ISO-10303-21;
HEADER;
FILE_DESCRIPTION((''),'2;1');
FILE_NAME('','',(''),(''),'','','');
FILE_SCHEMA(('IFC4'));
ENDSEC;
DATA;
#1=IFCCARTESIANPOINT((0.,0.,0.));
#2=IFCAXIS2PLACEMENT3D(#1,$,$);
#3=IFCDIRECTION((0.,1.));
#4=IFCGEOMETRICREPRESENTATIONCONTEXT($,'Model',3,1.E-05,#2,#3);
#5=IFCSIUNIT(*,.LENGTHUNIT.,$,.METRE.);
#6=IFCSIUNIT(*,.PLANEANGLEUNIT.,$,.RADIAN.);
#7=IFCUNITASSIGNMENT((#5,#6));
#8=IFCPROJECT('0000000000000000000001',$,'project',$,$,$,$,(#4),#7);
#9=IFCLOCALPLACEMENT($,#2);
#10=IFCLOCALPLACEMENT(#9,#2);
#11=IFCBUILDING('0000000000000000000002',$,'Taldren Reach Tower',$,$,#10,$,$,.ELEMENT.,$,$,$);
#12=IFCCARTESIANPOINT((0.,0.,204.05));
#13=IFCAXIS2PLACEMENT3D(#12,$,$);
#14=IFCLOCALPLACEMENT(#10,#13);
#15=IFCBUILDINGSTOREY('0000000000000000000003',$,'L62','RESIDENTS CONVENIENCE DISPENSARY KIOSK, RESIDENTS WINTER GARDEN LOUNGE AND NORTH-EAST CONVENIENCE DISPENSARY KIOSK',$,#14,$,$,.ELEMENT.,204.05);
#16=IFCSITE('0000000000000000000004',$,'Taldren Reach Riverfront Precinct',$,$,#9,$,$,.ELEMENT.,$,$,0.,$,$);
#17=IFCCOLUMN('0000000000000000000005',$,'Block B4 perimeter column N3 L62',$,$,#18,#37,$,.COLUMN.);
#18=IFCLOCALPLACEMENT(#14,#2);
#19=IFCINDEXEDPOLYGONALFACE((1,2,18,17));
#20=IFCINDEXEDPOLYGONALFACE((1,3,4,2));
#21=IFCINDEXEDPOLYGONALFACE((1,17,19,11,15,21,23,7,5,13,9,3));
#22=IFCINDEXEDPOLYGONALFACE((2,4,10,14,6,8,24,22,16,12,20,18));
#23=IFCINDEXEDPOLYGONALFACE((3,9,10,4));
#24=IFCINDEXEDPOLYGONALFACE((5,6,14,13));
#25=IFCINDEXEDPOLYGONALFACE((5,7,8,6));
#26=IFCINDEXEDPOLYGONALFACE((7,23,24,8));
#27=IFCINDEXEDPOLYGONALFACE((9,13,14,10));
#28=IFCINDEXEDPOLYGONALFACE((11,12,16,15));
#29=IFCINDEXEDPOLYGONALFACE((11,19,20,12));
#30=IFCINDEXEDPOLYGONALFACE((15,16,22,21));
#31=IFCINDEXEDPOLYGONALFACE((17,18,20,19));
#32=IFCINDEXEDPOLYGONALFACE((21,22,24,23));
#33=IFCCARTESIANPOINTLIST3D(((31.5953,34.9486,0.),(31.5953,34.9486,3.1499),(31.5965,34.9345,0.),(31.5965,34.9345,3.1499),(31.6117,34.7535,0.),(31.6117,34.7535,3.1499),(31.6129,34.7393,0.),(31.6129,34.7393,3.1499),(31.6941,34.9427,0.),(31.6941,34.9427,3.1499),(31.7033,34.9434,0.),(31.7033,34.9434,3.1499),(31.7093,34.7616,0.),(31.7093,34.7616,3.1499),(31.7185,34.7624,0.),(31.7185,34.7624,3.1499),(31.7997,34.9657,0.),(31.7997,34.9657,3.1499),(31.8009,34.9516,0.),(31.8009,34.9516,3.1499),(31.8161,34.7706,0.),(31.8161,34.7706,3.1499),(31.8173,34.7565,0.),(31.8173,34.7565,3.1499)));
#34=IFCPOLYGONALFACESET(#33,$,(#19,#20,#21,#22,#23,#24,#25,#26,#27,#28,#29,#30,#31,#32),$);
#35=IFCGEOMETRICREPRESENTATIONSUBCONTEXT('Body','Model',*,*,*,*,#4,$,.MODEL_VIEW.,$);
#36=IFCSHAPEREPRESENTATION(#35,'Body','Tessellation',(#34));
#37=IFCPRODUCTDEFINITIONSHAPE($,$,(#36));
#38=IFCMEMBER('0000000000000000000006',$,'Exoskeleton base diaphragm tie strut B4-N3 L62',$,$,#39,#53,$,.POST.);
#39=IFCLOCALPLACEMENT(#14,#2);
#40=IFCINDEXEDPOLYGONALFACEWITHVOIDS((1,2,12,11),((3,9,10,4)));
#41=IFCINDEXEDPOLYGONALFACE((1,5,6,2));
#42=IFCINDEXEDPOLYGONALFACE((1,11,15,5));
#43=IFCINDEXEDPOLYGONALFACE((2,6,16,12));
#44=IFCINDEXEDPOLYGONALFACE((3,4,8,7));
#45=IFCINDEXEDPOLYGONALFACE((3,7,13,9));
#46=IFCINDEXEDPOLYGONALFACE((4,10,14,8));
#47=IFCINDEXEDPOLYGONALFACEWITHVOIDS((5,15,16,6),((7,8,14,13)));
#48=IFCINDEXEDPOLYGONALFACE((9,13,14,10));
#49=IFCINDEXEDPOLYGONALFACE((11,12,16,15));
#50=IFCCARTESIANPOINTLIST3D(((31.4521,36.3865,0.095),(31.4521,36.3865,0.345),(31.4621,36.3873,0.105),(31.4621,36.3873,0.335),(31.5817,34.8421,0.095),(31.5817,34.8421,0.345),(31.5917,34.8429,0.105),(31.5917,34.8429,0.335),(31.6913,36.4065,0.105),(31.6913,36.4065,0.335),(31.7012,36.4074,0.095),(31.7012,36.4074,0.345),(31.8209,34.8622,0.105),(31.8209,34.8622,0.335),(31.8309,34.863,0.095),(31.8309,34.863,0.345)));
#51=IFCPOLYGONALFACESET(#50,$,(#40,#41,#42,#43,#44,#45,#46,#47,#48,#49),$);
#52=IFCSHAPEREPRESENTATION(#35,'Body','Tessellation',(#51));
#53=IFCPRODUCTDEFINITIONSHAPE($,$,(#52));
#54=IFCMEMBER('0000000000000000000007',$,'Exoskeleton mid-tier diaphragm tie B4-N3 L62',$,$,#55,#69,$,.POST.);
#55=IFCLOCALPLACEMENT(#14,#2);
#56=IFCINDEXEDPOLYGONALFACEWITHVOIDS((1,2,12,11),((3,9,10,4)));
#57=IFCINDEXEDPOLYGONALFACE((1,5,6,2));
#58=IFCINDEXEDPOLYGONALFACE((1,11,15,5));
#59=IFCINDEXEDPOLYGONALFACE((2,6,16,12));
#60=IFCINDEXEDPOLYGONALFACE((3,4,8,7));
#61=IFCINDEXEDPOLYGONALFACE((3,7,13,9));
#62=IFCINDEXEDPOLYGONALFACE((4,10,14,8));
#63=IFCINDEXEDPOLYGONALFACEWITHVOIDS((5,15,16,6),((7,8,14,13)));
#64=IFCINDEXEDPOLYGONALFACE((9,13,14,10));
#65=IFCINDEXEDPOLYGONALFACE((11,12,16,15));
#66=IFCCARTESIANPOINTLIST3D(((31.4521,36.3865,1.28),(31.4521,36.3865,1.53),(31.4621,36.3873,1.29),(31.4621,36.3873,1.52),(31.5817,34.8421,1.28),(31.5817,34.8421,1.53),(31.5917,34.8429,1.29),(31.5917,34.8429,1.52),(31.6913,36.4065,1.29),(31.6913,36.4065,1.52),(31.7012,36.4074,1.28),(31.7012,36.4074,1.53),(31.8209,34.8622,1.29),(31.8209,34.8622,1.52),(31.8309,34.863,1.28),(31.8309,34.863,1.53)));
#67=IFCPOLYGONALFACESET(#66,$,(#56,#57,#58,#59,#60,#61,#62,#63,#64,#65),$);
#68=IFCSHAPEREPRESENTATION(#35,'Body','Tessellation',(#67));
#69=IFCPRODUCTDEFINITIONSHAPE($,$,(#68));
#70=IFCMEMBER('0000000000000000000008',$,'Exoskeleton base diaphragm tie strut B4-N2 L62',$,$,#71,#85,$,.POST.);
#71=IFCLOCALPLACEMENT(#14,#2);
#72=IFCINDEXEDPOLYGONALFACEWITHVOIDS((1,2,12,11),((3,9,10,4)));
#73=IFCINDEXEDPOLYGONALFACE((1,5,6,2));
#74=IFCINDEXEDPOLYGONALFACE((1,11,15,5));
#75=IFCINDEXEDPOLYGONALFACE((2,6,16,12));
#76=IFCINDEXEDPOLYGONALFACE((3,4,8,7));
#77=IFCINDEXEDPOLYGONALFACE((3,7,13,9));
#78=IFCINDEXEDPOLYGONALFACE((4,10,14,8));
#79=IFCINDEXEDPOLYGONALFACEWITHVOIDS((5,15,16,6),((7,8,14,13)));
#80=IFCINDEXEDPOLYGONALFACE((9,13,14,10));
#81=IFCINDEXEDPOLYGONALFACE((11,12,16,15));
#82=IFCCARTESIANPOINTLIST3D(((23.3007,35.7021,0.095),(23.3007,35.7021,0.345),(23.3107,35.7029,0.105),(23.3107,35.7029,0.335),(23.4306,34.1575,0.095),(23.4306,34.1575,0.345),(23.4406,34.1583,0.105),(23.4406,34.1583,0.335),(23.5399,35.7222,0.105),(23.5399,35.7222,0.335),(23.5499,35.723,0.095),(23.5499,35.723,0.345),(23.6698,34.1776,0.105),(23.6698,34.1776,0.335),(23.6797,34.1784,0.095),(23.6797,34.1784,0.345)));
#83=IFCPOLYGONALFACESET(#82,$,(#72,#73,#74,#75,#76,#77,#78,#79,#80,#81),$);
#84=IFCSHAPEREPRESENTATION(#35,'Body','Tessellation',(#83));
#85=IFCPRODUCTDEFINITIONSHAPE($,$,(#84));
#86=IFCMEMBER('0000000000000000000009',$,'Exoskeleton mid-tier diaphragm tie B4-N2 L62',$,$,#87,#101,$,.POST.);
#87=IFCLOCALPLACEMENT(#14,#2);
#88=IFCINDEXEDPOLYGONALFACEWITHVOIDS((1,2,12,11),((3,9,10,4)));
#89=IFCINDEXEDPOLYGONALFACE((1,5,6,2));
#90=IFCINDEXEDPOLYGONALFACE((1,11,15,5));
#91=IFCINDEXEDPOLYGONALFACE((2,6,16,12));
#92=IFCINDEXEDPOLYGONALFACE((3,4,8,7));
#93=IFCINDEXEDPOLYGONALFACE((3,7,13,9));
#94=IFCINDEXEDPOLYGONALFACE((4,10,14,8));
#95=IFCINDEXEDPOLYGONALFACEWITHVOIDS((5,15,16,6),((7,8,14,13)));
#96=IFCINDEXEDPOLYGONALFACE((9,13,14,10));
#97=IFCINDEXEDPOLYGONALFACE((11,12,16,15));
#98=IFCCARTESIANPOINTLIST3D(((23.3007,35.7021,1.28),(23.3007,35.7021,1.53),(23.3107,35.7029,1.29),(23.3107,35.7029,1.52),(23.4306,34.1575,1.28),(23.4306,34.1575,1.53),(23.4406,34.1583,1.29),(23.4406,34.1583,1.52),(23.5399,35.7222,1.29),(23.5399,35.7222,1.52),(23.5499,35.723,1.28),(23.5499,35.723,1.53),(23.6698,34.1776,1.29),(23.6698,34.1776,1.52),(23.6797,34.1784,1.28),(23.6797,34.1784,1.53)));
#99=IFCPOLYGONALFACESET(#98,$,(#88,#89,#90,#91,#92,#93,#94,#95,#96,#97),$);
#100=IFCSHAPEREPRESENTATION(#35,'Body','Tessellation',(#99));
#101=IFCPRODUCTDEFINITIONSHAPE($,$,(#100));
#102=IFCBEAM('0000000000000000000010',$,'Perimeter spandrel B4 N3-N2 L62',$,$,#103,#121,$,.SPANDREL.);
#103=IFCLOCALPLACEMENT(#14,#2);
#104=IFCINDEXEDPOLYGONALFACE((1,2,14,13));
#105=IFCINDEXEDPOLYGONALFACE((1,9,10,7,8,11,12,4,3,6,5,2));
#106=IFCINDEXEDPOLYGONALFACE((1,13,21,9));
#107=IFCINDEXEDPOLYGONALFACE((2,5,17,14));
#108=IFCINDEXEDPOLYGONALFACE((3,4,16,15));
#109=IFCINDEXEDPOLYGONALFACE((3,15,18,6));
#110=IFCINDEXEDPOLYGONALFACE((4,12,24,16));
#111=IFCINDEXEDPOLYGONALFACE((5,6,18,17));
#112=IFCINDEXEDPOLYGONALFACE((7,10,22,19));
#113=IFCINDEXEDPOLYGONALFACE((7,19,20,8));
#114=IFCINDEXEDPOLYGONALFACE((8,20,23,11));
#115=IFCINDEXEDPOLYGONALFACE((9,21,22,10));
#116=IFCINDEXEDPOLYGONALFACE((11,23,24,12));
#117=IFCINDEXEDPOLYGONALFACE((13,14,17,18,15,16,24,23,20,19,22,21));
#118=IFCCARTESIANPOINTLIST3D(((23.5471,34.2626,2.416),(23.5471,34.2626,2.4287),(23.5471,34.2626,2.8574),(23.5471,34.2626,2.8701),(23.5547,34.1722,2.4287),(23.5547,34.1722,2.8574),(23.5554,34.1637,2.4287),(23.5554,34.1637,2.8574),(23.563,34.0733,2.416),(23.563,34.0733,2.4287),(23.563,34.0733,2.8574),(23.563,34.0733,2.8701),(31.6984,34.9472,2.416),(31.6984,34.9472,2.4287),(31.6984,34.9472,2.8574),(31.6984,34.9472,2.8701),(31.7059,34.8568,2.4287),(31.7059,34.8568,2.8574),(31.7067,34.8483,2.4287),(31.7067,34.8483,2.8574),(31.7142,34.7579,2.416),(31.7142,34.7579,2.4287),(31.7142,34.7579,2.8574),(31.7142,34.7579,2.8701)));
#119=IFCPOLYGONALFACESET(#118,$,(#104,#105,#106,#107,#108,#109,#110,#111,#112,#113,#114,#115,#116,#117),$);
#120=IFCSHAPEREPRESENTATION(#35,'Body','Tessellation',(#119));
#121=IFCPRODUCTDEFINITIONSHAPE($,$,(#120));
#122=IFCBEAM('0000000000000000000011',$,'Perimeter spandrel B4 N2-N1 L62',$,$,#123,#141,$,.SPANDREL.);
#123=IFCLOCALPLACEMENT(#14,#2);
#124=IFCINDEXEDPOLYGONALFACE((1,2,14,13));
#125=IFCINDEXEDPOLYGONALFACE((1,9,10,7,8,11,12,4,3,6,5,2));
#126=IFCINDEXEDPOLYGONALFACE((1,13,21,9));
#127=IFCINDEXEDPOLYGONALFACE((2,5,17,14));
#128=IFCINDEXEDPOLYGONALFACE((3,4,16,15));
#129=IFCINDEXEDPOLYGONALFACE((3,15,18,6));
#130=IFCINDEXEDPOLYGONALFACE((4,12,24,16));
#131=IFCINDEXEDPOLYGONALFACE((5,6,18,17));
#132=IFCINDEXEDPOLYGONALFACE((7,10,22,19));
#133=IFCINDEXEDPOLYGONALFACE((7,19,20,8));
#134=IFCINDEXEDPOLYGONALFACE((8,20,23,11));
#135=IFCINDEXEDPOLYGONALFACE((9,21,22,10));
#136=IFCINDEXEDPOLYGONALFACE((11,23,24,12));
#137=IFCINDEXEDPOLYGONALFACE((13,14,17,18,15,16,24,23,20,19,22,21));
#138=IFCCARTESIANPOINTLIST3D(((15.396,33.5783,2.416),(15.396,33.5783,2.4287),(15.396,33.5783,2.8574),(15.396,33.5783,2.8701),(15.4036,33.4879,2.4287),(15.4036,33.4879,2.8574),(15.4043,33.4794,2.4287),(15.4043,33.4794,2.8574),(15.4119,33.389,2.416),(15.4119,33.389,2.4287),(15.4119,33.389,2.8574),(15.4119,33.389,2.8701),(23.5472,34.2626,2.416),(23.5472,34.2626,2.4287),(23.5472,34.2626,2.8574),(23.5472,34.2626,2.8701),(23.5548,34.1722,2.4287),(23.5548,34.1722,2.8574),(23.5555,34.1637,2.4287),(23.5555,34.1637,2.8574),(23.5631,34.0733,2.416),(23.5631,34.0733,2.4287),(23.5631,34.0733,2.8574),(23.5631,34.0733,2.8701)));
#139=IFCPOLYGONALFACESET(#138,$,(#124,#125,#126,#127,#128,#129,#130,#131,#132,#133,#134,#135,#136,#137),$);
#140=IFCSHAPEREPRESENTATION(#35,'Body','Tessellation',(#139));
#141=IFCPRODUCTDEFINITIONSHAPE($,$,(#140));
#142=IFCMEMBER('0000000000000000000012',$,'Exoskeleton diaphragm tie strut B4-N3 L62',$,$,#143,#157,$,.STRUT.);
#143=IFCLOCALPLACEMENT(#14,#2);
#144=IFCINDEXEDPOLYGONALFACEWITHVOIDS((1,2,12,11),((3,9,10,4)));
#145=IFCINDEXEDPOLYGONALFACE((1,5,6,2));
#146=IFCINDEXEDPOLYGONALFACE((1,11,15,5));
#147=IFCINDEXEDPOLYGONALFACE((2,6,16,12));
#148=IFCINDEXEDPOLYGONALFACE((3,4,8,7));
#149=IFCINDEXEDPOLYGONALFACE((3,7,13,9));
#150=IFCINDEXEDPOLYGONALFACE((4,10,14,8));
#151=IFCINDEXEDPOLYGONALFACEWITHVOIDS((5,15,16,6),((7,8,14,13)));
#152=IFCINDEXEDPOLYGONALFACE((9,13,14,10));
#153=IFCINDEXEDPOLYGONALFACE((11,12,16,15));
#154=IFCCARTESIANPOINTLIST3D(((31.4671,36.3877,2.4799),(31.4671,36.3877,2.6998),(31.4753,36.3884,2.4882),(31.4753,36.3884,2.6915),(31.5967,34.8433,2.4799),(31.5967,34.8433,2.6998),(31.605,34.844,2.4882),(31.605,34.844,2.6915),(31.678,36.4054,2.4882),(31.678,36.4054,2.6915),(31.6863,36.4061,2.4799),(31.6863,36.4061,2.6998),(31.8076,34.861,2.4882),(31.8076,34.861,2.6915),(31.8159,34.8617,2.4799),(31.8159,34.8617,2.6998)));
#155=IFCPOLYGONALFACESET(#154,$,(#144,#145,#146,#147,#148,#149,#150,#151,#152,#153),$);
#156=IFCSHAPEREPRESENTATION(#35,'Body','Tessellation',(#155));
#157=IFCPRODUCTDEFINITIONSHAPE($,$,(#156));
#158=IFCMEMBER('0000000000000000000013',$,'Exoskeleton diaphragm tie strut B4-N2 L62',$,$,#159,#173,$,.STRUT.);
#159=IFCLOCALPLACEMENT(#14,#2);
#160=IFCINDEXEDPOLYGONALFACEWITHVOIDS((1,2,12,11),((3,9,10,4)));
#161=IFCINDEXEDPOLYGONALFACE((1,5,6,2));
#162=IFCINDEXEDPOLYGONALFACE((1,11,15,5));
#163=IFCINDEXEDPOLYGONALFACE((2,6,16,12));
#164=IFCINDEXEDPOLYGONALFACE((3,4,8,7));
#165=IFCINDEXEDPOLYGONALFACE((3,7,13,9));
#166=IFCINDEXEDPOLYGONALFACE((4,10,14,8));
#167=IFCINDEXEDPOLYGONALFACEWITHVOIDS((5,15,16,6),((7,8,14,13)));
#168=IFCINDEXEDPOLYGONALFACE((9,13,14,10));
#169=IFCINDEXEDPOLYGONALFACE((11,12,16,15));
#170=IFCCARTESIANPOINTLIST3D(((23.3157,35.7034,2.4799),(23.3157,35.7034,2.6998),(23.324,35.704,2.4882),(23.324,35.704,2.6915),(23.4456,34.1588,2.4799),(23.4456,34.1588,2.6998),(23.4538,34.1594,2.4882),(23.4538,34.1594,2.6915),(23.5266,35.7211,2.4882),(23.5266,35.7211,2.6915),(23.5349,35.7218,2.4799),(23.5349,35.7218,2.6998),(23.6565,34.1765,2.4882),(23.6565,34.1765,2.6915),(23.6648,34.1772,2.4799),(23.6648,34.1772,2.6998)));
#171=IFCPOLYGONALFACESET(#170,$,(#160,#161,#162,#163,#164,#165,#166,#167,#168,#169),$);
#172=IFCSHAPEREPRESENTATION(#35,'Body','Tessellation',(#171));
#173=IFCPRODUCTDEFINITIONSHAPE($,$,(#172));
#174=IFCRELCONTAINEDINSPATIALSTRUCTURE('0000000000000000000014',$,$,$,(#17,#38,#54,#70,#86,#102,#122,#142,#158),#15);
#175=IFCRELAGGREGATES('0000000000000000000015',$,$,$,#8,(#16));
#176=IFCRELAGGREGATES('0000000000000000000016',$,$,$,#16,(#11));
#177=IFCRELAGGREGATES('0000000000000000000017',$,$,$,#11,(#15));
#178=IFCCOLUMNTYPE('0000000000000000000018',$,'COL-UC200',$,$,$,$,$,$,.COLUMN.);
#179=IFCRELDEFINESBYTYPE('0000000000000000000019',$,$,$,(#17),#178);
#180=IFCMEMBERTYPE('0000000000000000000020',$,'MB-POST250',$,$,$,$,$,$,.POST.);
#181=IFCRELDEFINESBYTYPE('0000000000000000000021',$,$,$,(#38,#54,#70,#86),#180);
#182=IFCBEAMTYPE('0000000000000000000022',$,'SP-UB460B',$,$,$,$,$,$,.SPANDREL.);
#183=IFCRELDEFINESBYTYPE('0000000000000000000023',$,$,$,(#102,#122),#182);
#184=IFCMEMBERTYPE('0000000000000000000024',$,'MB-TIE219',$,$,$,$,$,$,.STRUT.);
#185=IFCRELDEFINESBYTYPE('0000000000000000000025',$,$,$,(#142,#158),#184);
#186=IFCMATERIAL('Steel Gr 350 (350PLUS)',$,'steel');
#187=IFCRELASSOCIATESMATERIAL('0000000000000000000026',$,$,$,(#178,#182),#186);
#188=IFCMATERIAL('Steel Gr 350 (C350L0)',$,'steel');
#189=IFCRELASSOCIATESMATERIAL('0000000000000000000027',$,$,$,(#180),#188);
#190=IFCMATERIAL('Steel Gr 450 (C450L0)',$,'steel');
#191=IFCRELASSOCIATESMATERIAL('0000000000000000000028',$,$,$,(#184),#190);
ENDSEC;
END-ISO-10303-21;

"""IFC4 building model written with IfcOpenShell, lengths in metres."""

from ifc_helpers import new_model, si_unit, direction, frame, origin, origin_2d, place, context, subcontext, project, spatial, hollow_rectangle, i_section, extrude, source, transform, mapped, material, material_profile, profile_set, type_object, element, save


model = new_model("IFC4")

# Units and contexts
model_context = context("Model", 3, precision=1e-05, world=origin(), true_north=direction((0.0, 1.0)))
body_context = subcontext(model_context, "Body", "Model", "MODEL_VIEW")
ifc_project = project(units=[si_unit("LENGTHUNIT", "METRE"), si_unit("PLANEANGLEUNIT", "RADIAN")], contexts=[model_context])

# Site, building, storey
site_placement = place(None, origin())
site = spatial("IfcSite", under=ifc_project, at=site_placement, Name="Taldren Reach Riverfront Precinct", CompositionType="ELEMENT", RefElevation=0.0)
building_placement = place(site_placement, origin())
building = spatial("IfcBuilding", under=site, at=building_placement, Name="Taldren Reach Tower", CompositionType="ELEMENT")
storey_placement = place(building_placement, frame((0.0, 0.0, 204.05)))
storey = spatial("IfcBuildingStorey", under=building, at=storey_placement, Name="L62", Description="RESIDENTS CONVENIENCE DISPENSARY KIOSK, RESIDENTS WINTER GARDEN LOUNGE AND NORTH-EAST CONVENIENCE DISPENSARY KIOSK", CompositionType="ELEMENT", Elevation=204.05)

# Column
ifc_material_1 = material(Name="Steel Gr 350 (350PLUS)", Category="steel")
ifc_material_profile_1 = material_profile(ifc_material_1, i_section(OverallWidth=0.2051, OverallDepth=0.21, WebThickness=0.0093, FlangeThickness=0.0142, at=origin_2d()), Name="200UC59.5")
ifc_profile_set_1 = profile_set([ifc_material_profile_1], Name="Steel Gr 350 (350PLUS)")
column_type = type_object("IfcColumnType", Name="COL-UC200", PredefinedType="COLUMN", material=ifc_profile_set_1)
shared_shape_1 = source(origin(), body_context, "Body", "SweptSolid", [
    extrude(i_section(OverallWidth=0.2051, OverallDepth=0.21, WebThickness=0.0093, FlangeThickness=0.0142, at=origin_2d()), origin(), (0.0, 0.0, 1.0), 3.1499),
])
column_placement = place(storey_placement, frame((31.7063, 34.8525, 0.0), z_axis=(0.0, 0.0, 1.0), x_axis=(0.996493, 0.083678, 0.0)))
element("IfcColumn", 1, at=column_placement, inside=storey, type_object=column_type, Name="Block B4 perimeter column N3 L62", PredefinedType="COLUMN", context=body_context, shape_type="MappedRepresentation", body=[
    mapped(shared_shape_1, transform((0.0, 0.0, 0.0), scale=1.0)),
])

# Members
ifc_material_2 = material(Name="Steel Gr 350 (C350L0)", Category="steel")
ifc_material_profile_2 = material_profile(ifc_material_2, hollow_rectangle(XDim=0.25, YDim=0.25, WallThickness=0.01, at=origin_2d()), Name="250x250x10.0SHS")
ifc_profile_set_2 = profile_set([ifc_material_profile_2], Name="Steel Gr 350 (C350L0)")
member_type_1 = type_object("IfcMemberType", Name="MB-POST250", PredefinedType="POST", material=ifc_profile_set_2)
shared_shape_2 = source(origin(), body_context, "Body", "SweptSolid", [
    extrude(hollow_rectangle(XDim=0.25, YDim=0.25, WallThickness=0.01, at=origin_2d()), origin(), (0.0, 0.0, 1.0), 1.5498),
])
for number, where, z_axis, x_axis, name in (
    (2, (31.7063, 34.8525, 0.22), (-0.083645, 0.996496, 0.0), (-0.996496, -0.083645, 0.0), "Exoskeleton base diaphragm tie strut B4-N3 L62"),
    (3, (31.7063, 34.8525, 1.405), (-0.083645, 0.996496, 0.0), (-0.996496, -0.083645, 0.0), "Exoskeleton mid-tier diaphragm tie B4-N3 L62"),
):
    element("IfcMember", number, at=place(storey_placement, frame(where, z_axis=z_axis, x_axis=x_axis)), inside=storey, type_object=member_type_1, Name=name, PredefinedType="POST", context=body_context, shape_type="MappedRepresentation", body=[
        mapped(shared_shape_2, transform((0.0, 0.0, 0.0), scale=1.0)),
    ])
shared_shape_3 = source(origin(), body_context, "Body", "SweptSolid", [
    extrude(hollow_rectangle(XDim=0.25, YDim=0.25, WallThickness=0.01, at=origin_2d()), origin(), (0.0, 0.0, 1.0), 1.55),
])
for number, where, z_axis, x_axis, name in (
    (4, (23.5552, 34.168, 0.22), (-0.083788, 0.996484, 0.0), (-0.996484, -0.083788, 0.0), "Exoskeleton base diaphragm tie strut B4-N2 L62"),
    (5, (23.5552, 34.168, 1.405), (-0.083788, 0.996484, 0.0), (-0.996484, -0.083788, 0.0), "Exoskeleton mid-tier diaphragm tie B4-N2 L62"),
):
    element("IfcMember", number, at=place(storey_placement, frame(where, z_axis=z_axis, x_axis=x_axis)), inside=storey, type_object=member_type_1, Name=name, PredefinedType="POST", context=body_context, shape_type="MappedRepresentation", body=[
        mapped(shared_shape_3, transform((0.0, 0.0, 0.0), scale=1.0)),
    ])

# Beams
ifc_material_profile_3 = material_profile(ifc_material_1, i_section(OverallWidth=0.1899, OverallDepth=0.4541, WebThickness=0.0085, FlangeThickness=0.0127, at=origin_2d()), Name="460UB67.1")
ifc_profile_set_3 = profile_set([ifc_material_profile_3], Name="Steel Gr 350 (350PLUS)")
beam_type = type_object("IfcBeamType", Name="SP-UB460B", PredefinedType="SPANDREL", material=ifc_profile_set_3)
shared_shape_4 = source(origin(), body_context, "Body", "SweptSolid", [
    extrude(i_section(OverallWidth=0.1899, OverallDepth=0.4541, WebThickness=0.0085, FlangeThickness=0.0127, at=origin_2d()), origin(), (0.0, 0.0, 1.0), 8.1799),
])
for number, where, z_axis, x_axis, name in (
    (6, (31.7063, 34.8525, 2.6431), (-0.996492, -0.08369, 0.0), (0.08369, -0.996492, 0.0), "Perimeter spandrel B4 N3-N2 L62"),
    (7, (23.5552, 34.168, 2.6431), (-0.996495, -0.083658, 0.0), (0.083658, -0.996495, 0.0), "Perimeter spandrel B4 N2-N1 L62"),
):
    element("IfcBeam", number, at=place(storey_placement, frame(where, z_axis=z_axis, x_axis=x_axis)), inside=storey, type_object=beam_type, Name=name, PredefinedType="SPANDREL", context=body_context, shape_type="MappedRepresentation", body=[
        mapped(shared_shape_4, transform((0.0, 0.0, 0.0), scale=1.0)),
    ])

# Members
ifc_material_3 = material(Name="Steel Gr 450 (C450L0)", Category="steel")
ifc_material_profile_4 = material_profile(ifc_material_3, hollow_rectangle(XDim=0.22, YDim=0.22, WallThickness=0.0083, at=origin_2d()), Name="220x220x8.2SHS")
ifc_profile_set_4 = profile_set([ifc_material_profile_4], Name="Steel Gr 450 (C450L0)")
member_type_2 = type_object("IfcMemberType", Name="MB-TIE219", PredefinedType="STRUT", material=ifc_profile_set_4)
shared_shape_5 = source(origin(), body_context, "Body", "SweptSolid", [
    extrude(hollow_rectangle(XDim=0.22, YDim=0.22, WallThickness=0.0083, at=origin_2d()), origin(), (0.0, 0.0, 1.0), 1.5498),
])
member_1_placement = place(storey_placement, frame((31.7063, 34.8525, 2.5898), z_axis=(-0.083645, 0.996496, 0.0), x_axis=(-0.996496, -0.083645, 0.0)))
element("IfcMember", 8, at=member_1_placement, inside=storey, type_object=member_type_2, Name="Exoskeleton diaphragm tie strut B4-N3 L62", PredefinedType="STRUT", context=body_context, shape_type="MappedRepresentation", body=[
    mapped(shared_shape_5, transform((0.0, 0.0, 0.0), scale=1.0)),
])
shared_shape_6 = source(origin(), body_context, "Body", "SweptSolid", [
    extrude(hollow_rectangle(XDim=0.22, YDim=0.22, WallThickness=0.0083, at=origin_2d()), origin(), (0.0, 0.0, 1.0), 1.55),
])
member_2_placement = place(storey_placement, frame((23.5552, 34.168, 2.5898), z_axis=(-0.083788, 0.996484, 0.0), x_axis=(-0.996484, -0.083788, 0.0)))
element("IfcMember", 9, at=member_2_placement, inside=storey, type_object=member_type_2, Name="Exoskeleton diaphragm tie strut B4-N2 L62", PredefinedType="STRUT", context=body_context, shape_type="MappedRepresentation", body=[
    mapped(shared_shape_6, transform((0.0, 0.0, 0.0), scale=1.0)),
])

save(model, "model.ifc")
